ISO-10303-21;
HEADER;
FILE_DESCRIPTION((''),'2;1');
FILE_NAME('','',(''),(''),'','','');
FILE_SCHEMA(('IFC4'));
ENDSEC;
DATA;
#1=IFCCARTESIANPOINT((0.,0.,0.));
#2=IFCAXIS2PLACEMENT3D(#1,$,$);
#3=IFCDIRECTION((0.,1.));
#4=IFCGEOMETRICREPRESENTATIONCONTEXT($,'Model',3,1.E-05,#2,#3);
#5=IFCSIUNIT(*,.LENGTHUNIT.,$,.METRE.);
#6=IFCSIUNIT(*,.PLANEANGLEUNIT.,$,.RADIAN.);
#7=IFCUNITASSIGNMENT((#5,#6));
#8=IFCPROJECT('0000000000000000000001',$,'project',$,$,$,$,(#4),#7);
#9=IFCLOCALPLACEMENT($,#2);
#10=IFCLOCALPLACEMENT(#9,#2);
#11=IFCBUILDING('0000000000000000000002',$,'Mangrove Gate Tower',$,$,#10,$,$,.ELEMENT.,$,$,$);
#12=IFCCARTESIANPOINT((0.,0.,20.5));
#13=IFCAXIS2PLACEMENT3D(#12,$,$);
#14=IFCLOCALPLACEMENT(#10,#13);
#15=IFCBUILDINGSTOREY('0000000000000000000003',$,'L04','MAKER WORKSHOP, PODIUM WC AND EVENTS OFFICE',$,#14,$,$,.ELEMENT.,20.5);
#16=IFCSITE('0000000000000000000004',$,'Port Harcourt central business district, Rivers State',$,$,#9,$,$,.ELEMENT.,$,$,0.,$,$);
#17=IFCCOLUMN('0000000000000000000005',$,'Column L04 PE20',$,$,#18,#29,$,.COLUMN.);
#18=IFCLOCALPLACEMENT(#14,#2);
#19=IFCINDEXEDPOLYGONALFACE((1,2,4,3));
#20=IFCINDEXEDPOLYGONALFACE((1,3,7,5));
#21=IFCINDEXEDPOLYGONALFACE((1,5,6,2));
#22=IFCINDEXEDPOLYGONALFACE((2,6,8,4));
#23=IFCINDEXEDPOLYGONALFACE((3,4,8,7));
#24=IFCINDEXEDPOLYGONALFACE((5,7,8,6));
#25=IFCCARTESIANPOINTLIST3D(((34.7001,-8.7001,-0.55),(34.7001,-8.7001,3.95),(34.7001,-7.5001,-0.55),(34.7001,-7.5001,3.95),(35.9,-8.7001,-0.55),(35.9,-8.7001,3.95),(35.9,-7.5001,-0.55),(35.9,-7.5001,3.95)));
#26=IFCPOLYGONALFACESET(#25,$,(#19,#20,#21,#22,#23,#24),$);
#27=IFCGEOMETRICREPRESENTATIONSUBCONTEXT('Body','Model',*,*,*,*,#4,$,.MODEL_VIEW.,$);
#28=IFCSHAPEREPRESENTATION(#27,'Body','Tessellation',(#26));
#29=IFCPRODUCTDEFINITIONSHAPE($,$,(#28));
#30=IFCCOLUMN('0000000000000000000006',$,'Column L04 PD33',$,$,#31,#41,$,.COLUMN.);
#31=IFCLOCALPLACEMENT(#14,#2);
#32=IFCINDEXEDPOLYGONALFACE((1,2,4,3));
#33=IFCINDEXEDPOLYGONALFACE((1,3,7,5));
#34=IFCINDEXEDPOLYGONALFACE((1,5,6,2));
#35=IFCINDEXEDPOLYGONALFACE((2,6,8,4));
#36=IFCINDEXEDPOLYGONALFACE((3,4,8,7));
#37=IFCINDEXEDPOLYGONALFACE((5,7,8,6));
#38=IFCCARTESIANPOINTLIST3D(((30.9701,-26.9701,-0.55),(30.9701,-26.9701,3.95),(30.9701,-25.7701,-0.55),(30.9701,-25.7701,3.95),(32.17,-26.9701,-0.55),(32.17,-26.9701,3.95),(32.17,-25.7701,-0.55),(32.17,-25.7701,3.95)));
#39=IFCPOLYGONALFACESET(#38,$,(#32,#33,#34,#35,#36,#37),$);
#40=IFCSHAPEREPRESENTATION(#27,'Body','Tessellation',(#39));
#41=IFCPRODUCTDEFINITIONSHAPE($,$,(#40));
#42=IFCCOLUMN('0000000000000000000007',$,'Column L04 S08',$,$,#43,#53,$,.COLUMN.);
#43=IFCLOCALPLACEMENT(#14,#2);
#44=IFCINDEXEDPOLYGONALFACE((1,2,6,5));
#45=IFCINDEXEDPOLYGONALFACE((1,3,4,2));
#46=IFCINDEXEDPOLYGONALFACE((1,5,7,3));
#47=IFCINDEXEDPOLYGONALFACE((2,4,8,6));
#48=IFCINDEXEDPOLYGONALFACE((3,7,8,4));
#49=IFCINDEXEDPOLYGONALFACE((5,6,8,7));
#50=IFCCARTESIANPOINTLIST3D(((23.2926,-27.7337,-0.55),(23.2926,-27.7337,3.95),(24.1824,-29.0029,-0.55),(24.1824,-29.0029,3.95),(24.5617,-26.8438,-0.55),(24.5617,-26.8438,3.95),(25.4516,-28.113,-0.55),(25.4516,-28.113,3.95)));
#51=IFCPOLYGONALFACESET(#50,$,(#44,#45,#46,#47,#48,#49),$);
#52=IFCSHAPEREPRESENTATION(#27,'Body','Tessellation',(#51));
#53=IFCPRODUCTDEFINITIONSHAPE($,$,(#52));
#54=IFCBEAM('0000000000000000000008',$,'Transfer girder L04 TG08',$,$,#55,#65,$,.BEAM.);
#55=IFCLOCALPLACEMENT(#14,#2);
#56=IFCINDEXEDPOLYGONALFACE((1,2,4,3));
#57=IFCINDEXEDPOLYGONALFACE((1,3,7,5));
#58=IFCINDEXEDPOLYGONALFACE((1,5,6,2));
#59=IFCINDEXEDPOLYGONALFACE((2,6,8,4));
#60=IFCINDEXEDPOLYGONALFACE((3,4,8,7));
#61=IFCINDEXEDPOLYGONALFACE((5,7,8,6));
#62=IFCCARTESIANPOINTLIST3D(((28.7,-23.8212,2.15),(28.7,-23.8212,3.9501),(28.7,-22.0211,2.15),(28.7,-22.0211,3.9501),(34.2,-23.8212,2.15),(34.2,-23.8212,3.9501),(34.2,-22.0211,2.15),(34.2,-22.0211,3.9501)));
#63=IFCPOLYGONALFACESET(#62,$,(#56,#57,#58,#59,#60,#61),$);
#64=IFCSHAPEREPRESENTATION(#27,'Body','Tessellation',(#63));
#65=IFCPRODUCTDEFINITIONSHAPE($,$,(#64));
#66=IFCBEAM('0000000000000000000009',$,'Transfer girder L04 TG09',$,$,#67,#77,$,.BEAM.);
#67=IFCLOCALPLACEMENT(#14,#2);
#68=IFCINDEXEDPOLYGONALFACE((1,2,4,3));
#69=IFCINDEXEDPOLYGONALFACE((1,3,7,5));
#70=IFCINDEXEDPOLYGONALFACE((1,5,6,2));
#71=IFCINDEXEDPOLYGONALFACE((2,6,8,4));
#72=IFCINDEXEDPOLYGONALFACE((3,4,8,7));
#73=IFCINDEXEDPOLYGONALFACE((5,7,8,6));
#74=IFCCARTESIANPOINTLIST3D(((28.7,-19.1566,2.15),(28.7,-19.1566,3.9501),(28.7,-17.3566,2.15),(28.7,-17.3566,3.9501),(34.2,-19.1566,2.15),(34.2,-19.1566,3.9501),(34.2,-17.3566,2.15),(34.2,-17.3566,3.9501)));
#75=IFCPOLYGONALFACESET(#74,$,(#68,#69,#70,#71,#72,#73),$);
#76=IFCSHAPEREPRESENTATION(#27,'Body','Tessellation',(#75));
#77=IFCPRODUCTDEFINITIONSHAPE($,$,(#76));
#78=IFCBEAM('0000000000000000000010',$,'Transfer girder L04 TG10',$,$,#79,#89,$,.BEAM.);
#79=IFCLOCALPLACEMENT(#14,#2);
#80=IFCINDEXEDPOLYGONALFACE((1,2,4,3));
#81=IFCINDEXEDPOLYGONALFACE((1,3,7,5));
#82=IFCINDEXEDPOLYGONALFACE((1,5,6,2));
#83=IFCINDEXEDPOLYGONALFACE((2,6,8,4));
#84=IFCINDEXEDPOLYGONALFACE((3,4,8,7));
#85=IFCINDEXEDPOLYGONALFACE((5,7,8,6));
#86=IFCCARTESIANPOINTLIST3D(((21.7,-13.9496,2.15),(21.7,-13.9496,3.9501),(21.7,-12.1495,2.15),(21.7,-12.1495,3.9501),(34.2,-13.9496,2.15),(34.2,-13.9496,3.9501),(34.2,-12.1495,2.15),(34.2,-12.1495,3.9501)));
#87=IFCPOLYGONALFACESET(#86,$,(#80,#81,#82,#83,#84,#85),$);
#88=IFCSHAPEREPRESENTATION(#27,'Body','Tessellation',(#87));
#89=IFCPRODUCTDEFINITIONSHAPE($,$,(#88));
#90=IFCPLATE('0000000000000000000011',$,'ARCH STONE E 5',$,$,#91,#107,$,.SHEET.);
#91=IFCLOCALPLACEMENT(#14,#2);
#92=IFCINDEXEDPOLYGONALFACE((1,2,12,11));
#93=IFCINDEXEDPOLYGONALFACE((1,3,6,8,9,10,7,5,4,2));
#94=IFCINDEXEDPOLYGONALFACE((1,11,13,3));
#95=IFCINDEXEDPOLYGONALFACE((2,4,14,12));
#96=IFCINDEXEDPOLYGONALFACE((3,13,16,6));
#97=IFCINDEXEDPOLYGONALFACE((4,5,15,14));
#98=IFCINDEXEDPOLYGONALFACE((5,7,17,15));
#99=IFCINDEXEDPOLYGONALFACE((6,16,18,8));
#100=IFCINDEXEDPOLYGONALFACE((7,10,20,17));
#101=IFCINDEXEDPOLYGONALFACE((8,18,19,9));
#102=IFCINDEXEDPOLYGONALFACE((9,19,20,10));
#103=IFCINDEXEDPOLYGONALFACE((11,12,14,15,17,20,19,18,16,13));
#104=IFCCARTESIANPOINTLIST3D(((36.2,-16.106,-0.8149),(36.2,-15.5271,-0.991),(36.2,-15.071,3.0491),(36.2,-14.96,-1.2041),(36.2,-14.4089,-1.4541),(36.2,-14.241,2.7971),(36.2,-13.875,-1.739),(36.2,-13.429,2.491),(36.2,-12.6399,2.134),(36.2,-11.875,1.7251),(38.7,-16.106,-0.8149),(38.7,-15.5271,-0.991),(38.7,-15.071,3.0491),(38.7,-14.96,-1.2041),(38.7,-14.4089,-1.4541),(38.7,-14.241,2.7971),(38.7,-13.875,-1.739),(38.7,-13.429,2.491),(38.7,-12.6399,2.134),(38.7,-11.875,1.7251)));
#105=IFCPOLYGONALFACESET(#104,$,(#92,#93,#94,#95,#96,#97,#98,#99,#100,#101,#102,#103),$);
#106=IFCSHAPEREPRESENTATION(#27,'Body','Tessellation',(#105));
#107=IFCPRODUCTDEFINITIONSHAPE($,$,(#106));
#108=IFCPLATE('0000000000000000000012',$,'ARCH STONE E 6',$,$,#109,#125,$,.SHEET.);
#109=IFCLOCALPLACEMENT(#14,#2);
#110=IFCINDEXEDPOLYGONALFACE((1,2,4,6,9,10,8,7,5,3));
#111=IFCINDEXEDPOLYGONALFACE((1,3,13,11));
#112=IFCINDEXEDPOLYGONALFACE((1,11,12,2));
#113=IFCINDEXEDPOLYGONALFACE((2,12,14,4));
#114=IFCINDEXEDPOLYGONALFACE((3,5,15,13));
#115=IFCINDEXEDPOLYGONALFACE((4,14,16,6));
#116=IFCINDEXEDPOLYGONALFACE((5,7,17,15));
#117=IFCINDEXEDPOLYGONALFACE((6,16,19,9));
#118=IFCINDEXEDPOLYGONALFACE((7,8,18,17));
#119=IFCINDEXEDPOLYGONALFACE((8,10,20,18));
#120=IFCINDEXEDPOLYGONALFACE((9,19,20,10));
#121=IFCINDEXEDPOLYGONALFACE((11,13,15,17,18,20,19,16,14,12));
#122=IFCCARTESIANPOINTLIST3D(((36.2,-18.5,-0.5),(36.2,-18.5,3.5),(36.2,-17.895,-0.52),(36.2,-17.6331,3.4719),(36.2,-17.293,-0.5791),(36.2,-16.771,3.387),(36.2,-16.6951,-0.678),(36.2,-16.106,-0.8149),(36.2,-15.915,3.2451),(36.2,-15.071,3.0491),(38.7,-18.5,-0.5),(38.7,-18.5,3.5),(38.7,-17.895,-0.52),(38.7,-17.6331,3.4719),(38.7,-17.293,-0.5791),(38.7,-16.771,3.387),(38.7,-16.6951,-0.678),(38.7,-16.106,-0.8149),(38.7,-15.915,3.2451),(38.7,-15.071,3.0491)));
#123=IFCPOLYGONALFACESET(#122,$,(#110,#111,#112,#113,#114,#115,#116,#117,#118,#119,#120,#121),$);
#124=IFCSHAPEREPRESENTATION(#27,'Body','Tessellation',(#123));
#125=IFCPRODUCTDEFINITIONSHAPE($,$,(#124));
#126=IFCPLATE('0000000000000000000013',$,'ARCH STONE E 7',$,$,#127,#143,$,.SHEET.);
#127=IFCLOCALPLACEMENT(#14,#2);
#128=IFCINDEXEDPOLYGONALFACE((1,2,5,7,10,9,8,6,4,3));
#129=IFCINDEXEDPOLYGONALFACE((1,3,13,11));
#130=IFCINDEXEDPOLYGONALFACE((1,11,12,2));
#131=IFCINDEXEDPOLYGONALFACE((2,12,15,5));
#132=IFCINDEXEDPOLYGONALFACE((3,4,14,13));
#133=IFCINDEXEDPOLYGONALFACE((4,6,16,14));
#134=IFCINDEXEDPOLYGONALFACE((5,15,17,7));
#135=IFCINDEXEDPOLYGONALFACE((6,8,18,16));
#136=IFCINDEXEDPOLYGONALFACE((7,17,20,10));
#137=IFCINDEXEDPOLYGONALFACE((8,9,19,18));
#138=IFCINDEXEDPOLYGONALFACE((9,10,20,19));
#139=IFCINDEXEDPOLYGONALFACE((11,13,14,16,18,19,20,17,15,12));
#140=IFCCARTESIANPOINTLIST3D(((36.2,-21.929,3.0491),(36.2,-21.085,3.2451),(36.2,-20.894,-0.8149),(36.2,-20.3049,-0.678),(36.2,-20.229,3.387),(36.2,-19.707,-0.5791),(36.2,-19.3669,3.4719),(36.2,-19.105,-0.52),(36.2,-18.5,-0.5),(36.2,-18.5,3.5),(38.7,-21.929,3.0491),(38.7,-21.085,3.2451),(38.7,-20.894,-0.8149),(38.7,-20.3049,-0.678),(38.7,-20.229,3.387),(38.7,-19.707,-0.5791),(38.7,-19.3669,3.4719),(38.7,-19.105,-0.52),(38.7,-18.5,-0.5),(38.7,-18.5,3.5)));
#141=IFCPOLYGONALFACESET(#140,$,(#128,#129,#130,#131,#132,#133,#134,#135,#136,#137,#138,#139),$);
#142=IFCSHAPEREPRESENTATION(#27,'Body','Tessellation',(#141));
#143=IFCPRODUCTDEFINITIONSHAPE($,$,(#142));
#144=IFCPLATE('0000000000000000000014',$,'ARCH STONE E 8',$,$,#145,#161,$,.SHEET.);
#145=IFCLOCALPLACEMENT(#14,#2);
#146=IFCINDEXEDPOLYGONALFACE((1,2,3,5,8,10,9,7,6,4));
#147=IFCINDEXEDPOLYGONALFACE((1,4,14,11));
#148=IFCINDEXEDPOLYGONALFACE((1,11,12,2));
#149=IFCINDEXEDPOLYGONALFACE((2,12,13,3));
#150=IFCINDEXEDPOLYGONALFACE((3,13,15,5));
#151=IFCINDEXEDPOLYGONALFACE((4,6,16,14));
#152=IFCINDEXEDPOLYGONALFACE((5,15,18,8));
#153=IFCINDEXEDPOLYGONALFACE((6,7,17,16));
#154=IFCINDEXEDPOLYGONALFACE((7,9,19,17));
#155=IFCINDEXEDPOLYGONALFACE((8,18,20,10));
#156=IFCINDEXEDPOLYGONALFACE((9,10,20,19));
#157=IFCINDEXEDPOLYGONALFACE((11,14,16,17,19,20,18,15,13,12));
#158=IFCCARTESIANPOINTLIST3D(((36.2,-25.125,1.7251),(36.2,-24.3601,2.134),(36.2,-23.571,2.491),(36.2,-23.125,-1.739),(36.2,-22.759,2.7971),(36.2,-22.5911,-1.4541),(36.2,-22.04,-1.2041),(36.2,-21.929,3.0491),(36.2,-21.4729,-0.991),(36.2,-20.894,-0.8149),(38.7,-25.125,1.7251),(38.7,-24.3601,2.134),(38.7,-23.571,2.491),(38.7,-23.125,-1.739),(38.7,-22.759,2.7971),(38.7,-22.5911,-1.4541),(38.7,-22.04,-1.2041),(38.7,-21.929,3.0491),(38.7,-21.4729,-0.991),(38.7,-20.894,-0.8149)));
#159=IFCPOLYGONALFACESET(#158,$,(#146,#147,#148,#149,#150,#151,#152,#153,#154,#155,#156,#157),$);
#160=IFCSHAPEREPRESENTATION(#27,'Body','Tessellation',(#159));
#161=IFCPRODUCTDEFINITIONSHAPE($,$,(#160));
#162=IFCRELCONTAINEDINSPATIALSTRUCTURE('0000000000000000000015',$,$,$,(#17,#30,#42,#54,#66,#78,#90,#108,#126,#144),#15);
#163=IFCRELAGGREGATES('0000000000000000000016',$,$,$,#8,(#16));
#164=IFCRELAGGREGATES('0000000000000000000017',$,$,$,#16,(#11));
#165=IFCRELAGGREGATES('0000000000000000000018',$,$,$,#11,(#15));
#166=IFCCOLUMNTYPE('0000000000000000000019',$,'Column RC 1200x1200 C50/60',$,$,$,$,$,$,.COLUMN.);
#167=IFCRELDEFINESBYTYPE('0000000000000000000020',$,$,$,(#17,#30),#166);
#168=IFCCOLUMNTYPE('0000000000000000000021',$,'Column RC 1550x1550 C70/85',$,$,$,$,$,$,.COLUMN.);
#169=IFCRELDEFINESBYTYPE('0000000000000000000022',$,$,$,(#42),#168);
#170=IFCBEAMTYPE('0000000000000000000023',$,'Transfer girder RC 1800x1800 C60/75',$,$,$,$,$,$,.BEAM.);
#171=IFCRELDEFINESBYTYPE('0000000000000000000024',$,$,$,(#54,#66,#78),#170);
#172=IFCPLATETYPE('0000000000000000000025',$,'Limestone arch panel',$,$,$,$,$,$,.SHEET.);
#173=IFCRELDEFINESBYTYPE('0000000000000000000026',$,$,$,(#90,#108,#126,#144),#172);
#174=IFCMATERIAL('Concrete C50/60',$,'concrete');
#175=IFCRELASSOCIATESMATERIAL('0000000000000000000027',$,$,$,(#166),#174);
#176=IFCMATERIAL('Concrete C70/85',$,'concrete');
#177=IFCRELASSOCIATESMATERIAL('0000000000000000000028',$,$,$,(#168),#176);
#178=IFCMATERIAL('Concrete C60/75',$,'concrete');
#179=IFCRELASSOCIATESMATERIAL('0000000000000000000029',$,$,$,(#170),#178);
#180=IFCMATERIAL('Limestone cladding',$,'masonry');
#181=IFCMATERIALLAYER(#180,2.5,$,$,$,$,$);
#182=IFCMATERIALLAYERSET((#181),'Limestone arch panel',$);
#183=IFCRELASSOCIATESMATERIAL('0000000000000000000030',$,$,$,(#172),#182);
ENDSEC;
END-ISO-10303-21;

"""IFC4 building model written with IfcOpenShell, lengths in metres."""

from ifc_helpers import new_model, si_unit, direction, frame, origin, origin_2d, place, context, subcontext, project, spatial, polyline, rectangle, outline, extrude, material, layer, layer_set, material_profile, profile_set, type_object, element, save


model = new_model("IFC4")

# Units and contexts
model_context = context("Model", 3, precision=1e-05, world=origin(), true_north=direction((0.0, 1.0)))
body_context = subcontext(model_context, "Body", "Model", "MODEL_VIEW")
ifc_project = project(units=[si_unit("LENGTHUNIT", "METRE"), si_unit("PLANEANGLEUNIT", "RADIAN")], contexts=[model_context])

# Site, building, storey
site_placement = place(None, origin())
site = spatial("IfcSite", under=ifc_project, at=site_placement, Name="Port Harcourt central business district, Rivers State", CompositionType="ELEMENT", RefElevation=0.0)
building_placement = place(site_placement, origin())
building = spatial("IfcBuilding", under=site, at=building_placement, Name="Mangrove Gate Tower", CompositionType="ELEMENT")
storey_placement = place(building_placement, frame((0.0, 0.0, 20.5)))
storey = spatial("IfcBuildingStorey", under=building, at=storey_placement, Name="L04", Description="MAKER WORKSHOP, PODIUM WC AND EVENTS OFFICE", CompositionType="ELEMENT", Elevation=20.5)

# Columns
ifc_material_1 = material(Name="Concrete C50/60", Category="concrete")
ifc_material_profile_1 = material_profile(ifc_material_1, rectangle(XDim=1.2, YDim=1.2, at=origin_2d()))
ifc_profile_set_1 = profile_set([ifc_material_profile_1], Name="Concrete C50/60")
column_type_1 = type_object("IfcColumnType", Name="Column RC 1200x1200 C50/60", PredefinedType="COLUMN", material=ifc_profile_set_1)
for number, where, z_axis, x_axis, name in (
    (1, (35.3, -8.1001, -0.55), (0.0, 0.0, 1.0), (1.0, 0.0, 0.0), "Column L04 PE20"),
    (2, (31.5701, -26.3701, -0.55), (0.0, 0.0, 1.0), (1.0, 0.0, 0.0), "Column L04 PD33"),
):
    element("IfcColumn", number, at=place(storey_placement, frame(where, z_axis=z_axis, x_axis=x_axis)), inside=storey, type_object=column_type_1, Name=name, PredefinedType="COLUMN", context=body_context, shape_type="SweptSolid", body=[
        extrude(rectangle(XDim=1.2, YDim=1.2, at=origin_2d()), origin(), (0.0, 0.0, 1.0), 4.5),
    ])
ifc_material_2 = material(Name="Concrete C70/85", Category="concrete")
ifc_material_profile_2 = material_profile(ifc_material_2, rectangle(XDim=1.55, YDim=1.55, at=origin_2d()))
ifc_profile_set_2 = profile_set([ifc_material_profile_2], Name="Concrete C70/85")
column_type_2 = type_object("IfcColumnType", Name="Column RC 1550x1550 C70/85", PredefinedType="COLUMN", material=ifc_profile_set_2)
column_placement = place(storey_placement, frame((24.3721, -27.9233, -0.55), z_axis=(0.0, 0.0, 1.0), x_axis=(0.818799, 0.574081, 0.0)))
element("IfcColumn", 3, at=column_placement, inside=storey, type_object=column_type_2, Name="Column L04 S08", PredefinedType="COLUMN", context=body_context, shape_type="SweptSolid", body=[
    extrude(rectangle(XDim=1.55, YDim=1.55, at=origin_2d()), origin(), (0.0, 0.0, 1.0), 4.5),
])

# Beams
ifc_material_3 = material(Name="Concrete C60/75", Category="concrete")
ifc_material_profile_3 = material_profile(ifc_material_3, rectangle(XDim=1.8, YDim=1.8, at=origin_2d()))
ifc_profile_set_3 = profile_set([ifc_material_profile_3], Name="Concrete C60/75")
beam_type = type_object("IfcBeamType", Name="Transfer girder RC 1800x1800 C60/75", PredefinedType="BEAM", material=ifc_profile_set_3)
for number, where, z_axis, x_axis, name in (
    (4, (28.7, -22.9211, 3.05), (1.0, 0.0, 0.0), (0.0, 1.0, 0.0), "Transfer girder L04 TG08"),
    (5, (28.7, -18.2566, 3.05), (1.0, 0.0, 0.0), (0.0, 1.0, 0.0), "Transfer girder L04 TG09"),
):
    element("IfcBeam", number, at=place(storey_placement, frame(where, z_axis=z_axis, x_axis=x_axis)), inside=storey, type_object=beam_type, Name=name, PredefinedType="BEAM", context=body_context, shape_type="SweptSolid", body=[
        extrude(rectangle(XDim=1.8, YDim=1.8, at=origin_2d()), origin(), (0.0, 0.0, 1.0), 5.5),
    ])
beam_placement = place(storey_placement, frame((21.7, -13.0496, 3.05), z_axis=(1.0, 0.0, 0.0), x_axis=(0.0, 1.0, 0.0)))
element("IfcBeam", 6, at=beam_placement, inside=storey, type_object=beam_type, Name="Transfer girder L04 TG10", PredefinedType="BEAM", context=body_context, shape_type="SweptSolid", body=[
    extrude(rectangle(XDim=1.8, YDim=1.8, at=origin_2d()), origin(), (0.0, 0.0, 1.0), 12.5),
])

# Plates
ifc_material_4 = material(Name="Limestone cladding", Category="masonry")
ifc_layer_1 = layer(ifc_material_4, 2.5)
ifc_layer_set_1 = layer_set([ifc_layer_1], Name="Limestone arch panel")
plate_type = type_object("IfcPlateType", Name="Limestone arch panel", PredefinedType="SHEET", material=ifc_layer_set_1)
plate_1_placement = place(storey_placement, frame((38.7, -13.875, -1.739), z_axis=(1.0, 0.0, 0.0), x_axis=(0.0, 0.499999, 0.866026)))
element("IfcPlate", 7, at=plate_1_placement, inside=storey, type_object=plate_type, Name="ARCH STONE E 5", PredefinedType="SHEET", context=body_context, shape_type="SweptSolid", body=[
    extrude(outline(polyline([(0.0, 0.0), (4.0, 0.0), (3.9717, 0.8669), (3.8863, 1.7287), (3.7454, 2.585), (3.5486, 3.4298), (-0.3152, 2.3941), (-0.1782, 1.8048), (-0.0792, 1.2071), (-0.0202, 0.6049), (0.0, 0.0)])), origin(), (0.0, 0.0, -1.0), 2.5),
])
plate_2_placement = place(storey_placement, frame((38.7, -16.106, -0.8149), z_axis=(1.0, 0.0, 0.0), x_axis=(0.0, 0.258715, 0.965954)))
element("IfcPlate", 8, at=plate_2_placement, inside=storey, type_object=plate_type, Name="ARCH STONE E 6", PredefinedType="SHEET", context=body_context, shape_type="SweptSolid", body=[
    extrude(outline(polyline([(0.0, 0.0), (4.0002, 0.0), (3.9712, 0.866), (3.8868, 1.7295), (3.7458, 2.5842), (3.5487, 3.4289), (-0.3152, 2.394), (-0.178, 1.8045), (-0.0793, 1.2076), (-0.0201, 0.6045), (0.0, 0.0)])), origin(), (0.0, 0.0, -1.0), 2.5),
])
plate_3_placement = place(storey_placement, frame((38.7, -18.5, -0.5), z_axis=(1.0, 0.0, 0.0), x_axis=(0.0, 0.0, 1.0)))
element("IfcPlate", 9, at=plate_3_placement, inside=storey, type_object=plate_type, Name="ARCH STONE E 7", PredefinedType="SHEET", context=body_context, shape_type="SweptSolid", body=[
    extrude(outline(polyline([(0.0, 0.0), (4.0, 0.0), (3.9719, 0.8669), (3.887, 1.729), (3.7451, 2.585), (3.5491, 3.429), (-0.3149, 2.394), (-0.178, 1.8049), (-0.0791, 1.207), (-0.02, 0.605), (0.0, 0.0)])), origin(), (0.0, 0.0, -1.0), 2.5),
])
plate_4_placement = place(storey_placement, frame((38.7, -20.894, -0.8149), z_axis=(1.0, 0.0, 0.0), x_axis=(0.0, -0.258715, 0.965954)))
element("IfcPlate", 10, at=plate_4_placement, inside=storey, type_object=plate_type, Name="ARCH STONE E 8", PredefinedType="SHEET", context=body_context, shape_type="SweptSolid", body=[
    extrude(outline(polyline([(0.0, 0.0), (4.0002, 0.0), (3.9716, 0.867), (3.8859, 1.7306), (3.7453, 2.5851), (3.5482, 3.4298), (-0.3154, 2.3941), (-0.1784, 1.8046), (-0.0794, 1.2077), (-0.0203, 0.6047), (0.0, 0.0)])), origin(), (0.0, 0.0, -1.0), 2.5),
])

save(model, "model.ifc")
